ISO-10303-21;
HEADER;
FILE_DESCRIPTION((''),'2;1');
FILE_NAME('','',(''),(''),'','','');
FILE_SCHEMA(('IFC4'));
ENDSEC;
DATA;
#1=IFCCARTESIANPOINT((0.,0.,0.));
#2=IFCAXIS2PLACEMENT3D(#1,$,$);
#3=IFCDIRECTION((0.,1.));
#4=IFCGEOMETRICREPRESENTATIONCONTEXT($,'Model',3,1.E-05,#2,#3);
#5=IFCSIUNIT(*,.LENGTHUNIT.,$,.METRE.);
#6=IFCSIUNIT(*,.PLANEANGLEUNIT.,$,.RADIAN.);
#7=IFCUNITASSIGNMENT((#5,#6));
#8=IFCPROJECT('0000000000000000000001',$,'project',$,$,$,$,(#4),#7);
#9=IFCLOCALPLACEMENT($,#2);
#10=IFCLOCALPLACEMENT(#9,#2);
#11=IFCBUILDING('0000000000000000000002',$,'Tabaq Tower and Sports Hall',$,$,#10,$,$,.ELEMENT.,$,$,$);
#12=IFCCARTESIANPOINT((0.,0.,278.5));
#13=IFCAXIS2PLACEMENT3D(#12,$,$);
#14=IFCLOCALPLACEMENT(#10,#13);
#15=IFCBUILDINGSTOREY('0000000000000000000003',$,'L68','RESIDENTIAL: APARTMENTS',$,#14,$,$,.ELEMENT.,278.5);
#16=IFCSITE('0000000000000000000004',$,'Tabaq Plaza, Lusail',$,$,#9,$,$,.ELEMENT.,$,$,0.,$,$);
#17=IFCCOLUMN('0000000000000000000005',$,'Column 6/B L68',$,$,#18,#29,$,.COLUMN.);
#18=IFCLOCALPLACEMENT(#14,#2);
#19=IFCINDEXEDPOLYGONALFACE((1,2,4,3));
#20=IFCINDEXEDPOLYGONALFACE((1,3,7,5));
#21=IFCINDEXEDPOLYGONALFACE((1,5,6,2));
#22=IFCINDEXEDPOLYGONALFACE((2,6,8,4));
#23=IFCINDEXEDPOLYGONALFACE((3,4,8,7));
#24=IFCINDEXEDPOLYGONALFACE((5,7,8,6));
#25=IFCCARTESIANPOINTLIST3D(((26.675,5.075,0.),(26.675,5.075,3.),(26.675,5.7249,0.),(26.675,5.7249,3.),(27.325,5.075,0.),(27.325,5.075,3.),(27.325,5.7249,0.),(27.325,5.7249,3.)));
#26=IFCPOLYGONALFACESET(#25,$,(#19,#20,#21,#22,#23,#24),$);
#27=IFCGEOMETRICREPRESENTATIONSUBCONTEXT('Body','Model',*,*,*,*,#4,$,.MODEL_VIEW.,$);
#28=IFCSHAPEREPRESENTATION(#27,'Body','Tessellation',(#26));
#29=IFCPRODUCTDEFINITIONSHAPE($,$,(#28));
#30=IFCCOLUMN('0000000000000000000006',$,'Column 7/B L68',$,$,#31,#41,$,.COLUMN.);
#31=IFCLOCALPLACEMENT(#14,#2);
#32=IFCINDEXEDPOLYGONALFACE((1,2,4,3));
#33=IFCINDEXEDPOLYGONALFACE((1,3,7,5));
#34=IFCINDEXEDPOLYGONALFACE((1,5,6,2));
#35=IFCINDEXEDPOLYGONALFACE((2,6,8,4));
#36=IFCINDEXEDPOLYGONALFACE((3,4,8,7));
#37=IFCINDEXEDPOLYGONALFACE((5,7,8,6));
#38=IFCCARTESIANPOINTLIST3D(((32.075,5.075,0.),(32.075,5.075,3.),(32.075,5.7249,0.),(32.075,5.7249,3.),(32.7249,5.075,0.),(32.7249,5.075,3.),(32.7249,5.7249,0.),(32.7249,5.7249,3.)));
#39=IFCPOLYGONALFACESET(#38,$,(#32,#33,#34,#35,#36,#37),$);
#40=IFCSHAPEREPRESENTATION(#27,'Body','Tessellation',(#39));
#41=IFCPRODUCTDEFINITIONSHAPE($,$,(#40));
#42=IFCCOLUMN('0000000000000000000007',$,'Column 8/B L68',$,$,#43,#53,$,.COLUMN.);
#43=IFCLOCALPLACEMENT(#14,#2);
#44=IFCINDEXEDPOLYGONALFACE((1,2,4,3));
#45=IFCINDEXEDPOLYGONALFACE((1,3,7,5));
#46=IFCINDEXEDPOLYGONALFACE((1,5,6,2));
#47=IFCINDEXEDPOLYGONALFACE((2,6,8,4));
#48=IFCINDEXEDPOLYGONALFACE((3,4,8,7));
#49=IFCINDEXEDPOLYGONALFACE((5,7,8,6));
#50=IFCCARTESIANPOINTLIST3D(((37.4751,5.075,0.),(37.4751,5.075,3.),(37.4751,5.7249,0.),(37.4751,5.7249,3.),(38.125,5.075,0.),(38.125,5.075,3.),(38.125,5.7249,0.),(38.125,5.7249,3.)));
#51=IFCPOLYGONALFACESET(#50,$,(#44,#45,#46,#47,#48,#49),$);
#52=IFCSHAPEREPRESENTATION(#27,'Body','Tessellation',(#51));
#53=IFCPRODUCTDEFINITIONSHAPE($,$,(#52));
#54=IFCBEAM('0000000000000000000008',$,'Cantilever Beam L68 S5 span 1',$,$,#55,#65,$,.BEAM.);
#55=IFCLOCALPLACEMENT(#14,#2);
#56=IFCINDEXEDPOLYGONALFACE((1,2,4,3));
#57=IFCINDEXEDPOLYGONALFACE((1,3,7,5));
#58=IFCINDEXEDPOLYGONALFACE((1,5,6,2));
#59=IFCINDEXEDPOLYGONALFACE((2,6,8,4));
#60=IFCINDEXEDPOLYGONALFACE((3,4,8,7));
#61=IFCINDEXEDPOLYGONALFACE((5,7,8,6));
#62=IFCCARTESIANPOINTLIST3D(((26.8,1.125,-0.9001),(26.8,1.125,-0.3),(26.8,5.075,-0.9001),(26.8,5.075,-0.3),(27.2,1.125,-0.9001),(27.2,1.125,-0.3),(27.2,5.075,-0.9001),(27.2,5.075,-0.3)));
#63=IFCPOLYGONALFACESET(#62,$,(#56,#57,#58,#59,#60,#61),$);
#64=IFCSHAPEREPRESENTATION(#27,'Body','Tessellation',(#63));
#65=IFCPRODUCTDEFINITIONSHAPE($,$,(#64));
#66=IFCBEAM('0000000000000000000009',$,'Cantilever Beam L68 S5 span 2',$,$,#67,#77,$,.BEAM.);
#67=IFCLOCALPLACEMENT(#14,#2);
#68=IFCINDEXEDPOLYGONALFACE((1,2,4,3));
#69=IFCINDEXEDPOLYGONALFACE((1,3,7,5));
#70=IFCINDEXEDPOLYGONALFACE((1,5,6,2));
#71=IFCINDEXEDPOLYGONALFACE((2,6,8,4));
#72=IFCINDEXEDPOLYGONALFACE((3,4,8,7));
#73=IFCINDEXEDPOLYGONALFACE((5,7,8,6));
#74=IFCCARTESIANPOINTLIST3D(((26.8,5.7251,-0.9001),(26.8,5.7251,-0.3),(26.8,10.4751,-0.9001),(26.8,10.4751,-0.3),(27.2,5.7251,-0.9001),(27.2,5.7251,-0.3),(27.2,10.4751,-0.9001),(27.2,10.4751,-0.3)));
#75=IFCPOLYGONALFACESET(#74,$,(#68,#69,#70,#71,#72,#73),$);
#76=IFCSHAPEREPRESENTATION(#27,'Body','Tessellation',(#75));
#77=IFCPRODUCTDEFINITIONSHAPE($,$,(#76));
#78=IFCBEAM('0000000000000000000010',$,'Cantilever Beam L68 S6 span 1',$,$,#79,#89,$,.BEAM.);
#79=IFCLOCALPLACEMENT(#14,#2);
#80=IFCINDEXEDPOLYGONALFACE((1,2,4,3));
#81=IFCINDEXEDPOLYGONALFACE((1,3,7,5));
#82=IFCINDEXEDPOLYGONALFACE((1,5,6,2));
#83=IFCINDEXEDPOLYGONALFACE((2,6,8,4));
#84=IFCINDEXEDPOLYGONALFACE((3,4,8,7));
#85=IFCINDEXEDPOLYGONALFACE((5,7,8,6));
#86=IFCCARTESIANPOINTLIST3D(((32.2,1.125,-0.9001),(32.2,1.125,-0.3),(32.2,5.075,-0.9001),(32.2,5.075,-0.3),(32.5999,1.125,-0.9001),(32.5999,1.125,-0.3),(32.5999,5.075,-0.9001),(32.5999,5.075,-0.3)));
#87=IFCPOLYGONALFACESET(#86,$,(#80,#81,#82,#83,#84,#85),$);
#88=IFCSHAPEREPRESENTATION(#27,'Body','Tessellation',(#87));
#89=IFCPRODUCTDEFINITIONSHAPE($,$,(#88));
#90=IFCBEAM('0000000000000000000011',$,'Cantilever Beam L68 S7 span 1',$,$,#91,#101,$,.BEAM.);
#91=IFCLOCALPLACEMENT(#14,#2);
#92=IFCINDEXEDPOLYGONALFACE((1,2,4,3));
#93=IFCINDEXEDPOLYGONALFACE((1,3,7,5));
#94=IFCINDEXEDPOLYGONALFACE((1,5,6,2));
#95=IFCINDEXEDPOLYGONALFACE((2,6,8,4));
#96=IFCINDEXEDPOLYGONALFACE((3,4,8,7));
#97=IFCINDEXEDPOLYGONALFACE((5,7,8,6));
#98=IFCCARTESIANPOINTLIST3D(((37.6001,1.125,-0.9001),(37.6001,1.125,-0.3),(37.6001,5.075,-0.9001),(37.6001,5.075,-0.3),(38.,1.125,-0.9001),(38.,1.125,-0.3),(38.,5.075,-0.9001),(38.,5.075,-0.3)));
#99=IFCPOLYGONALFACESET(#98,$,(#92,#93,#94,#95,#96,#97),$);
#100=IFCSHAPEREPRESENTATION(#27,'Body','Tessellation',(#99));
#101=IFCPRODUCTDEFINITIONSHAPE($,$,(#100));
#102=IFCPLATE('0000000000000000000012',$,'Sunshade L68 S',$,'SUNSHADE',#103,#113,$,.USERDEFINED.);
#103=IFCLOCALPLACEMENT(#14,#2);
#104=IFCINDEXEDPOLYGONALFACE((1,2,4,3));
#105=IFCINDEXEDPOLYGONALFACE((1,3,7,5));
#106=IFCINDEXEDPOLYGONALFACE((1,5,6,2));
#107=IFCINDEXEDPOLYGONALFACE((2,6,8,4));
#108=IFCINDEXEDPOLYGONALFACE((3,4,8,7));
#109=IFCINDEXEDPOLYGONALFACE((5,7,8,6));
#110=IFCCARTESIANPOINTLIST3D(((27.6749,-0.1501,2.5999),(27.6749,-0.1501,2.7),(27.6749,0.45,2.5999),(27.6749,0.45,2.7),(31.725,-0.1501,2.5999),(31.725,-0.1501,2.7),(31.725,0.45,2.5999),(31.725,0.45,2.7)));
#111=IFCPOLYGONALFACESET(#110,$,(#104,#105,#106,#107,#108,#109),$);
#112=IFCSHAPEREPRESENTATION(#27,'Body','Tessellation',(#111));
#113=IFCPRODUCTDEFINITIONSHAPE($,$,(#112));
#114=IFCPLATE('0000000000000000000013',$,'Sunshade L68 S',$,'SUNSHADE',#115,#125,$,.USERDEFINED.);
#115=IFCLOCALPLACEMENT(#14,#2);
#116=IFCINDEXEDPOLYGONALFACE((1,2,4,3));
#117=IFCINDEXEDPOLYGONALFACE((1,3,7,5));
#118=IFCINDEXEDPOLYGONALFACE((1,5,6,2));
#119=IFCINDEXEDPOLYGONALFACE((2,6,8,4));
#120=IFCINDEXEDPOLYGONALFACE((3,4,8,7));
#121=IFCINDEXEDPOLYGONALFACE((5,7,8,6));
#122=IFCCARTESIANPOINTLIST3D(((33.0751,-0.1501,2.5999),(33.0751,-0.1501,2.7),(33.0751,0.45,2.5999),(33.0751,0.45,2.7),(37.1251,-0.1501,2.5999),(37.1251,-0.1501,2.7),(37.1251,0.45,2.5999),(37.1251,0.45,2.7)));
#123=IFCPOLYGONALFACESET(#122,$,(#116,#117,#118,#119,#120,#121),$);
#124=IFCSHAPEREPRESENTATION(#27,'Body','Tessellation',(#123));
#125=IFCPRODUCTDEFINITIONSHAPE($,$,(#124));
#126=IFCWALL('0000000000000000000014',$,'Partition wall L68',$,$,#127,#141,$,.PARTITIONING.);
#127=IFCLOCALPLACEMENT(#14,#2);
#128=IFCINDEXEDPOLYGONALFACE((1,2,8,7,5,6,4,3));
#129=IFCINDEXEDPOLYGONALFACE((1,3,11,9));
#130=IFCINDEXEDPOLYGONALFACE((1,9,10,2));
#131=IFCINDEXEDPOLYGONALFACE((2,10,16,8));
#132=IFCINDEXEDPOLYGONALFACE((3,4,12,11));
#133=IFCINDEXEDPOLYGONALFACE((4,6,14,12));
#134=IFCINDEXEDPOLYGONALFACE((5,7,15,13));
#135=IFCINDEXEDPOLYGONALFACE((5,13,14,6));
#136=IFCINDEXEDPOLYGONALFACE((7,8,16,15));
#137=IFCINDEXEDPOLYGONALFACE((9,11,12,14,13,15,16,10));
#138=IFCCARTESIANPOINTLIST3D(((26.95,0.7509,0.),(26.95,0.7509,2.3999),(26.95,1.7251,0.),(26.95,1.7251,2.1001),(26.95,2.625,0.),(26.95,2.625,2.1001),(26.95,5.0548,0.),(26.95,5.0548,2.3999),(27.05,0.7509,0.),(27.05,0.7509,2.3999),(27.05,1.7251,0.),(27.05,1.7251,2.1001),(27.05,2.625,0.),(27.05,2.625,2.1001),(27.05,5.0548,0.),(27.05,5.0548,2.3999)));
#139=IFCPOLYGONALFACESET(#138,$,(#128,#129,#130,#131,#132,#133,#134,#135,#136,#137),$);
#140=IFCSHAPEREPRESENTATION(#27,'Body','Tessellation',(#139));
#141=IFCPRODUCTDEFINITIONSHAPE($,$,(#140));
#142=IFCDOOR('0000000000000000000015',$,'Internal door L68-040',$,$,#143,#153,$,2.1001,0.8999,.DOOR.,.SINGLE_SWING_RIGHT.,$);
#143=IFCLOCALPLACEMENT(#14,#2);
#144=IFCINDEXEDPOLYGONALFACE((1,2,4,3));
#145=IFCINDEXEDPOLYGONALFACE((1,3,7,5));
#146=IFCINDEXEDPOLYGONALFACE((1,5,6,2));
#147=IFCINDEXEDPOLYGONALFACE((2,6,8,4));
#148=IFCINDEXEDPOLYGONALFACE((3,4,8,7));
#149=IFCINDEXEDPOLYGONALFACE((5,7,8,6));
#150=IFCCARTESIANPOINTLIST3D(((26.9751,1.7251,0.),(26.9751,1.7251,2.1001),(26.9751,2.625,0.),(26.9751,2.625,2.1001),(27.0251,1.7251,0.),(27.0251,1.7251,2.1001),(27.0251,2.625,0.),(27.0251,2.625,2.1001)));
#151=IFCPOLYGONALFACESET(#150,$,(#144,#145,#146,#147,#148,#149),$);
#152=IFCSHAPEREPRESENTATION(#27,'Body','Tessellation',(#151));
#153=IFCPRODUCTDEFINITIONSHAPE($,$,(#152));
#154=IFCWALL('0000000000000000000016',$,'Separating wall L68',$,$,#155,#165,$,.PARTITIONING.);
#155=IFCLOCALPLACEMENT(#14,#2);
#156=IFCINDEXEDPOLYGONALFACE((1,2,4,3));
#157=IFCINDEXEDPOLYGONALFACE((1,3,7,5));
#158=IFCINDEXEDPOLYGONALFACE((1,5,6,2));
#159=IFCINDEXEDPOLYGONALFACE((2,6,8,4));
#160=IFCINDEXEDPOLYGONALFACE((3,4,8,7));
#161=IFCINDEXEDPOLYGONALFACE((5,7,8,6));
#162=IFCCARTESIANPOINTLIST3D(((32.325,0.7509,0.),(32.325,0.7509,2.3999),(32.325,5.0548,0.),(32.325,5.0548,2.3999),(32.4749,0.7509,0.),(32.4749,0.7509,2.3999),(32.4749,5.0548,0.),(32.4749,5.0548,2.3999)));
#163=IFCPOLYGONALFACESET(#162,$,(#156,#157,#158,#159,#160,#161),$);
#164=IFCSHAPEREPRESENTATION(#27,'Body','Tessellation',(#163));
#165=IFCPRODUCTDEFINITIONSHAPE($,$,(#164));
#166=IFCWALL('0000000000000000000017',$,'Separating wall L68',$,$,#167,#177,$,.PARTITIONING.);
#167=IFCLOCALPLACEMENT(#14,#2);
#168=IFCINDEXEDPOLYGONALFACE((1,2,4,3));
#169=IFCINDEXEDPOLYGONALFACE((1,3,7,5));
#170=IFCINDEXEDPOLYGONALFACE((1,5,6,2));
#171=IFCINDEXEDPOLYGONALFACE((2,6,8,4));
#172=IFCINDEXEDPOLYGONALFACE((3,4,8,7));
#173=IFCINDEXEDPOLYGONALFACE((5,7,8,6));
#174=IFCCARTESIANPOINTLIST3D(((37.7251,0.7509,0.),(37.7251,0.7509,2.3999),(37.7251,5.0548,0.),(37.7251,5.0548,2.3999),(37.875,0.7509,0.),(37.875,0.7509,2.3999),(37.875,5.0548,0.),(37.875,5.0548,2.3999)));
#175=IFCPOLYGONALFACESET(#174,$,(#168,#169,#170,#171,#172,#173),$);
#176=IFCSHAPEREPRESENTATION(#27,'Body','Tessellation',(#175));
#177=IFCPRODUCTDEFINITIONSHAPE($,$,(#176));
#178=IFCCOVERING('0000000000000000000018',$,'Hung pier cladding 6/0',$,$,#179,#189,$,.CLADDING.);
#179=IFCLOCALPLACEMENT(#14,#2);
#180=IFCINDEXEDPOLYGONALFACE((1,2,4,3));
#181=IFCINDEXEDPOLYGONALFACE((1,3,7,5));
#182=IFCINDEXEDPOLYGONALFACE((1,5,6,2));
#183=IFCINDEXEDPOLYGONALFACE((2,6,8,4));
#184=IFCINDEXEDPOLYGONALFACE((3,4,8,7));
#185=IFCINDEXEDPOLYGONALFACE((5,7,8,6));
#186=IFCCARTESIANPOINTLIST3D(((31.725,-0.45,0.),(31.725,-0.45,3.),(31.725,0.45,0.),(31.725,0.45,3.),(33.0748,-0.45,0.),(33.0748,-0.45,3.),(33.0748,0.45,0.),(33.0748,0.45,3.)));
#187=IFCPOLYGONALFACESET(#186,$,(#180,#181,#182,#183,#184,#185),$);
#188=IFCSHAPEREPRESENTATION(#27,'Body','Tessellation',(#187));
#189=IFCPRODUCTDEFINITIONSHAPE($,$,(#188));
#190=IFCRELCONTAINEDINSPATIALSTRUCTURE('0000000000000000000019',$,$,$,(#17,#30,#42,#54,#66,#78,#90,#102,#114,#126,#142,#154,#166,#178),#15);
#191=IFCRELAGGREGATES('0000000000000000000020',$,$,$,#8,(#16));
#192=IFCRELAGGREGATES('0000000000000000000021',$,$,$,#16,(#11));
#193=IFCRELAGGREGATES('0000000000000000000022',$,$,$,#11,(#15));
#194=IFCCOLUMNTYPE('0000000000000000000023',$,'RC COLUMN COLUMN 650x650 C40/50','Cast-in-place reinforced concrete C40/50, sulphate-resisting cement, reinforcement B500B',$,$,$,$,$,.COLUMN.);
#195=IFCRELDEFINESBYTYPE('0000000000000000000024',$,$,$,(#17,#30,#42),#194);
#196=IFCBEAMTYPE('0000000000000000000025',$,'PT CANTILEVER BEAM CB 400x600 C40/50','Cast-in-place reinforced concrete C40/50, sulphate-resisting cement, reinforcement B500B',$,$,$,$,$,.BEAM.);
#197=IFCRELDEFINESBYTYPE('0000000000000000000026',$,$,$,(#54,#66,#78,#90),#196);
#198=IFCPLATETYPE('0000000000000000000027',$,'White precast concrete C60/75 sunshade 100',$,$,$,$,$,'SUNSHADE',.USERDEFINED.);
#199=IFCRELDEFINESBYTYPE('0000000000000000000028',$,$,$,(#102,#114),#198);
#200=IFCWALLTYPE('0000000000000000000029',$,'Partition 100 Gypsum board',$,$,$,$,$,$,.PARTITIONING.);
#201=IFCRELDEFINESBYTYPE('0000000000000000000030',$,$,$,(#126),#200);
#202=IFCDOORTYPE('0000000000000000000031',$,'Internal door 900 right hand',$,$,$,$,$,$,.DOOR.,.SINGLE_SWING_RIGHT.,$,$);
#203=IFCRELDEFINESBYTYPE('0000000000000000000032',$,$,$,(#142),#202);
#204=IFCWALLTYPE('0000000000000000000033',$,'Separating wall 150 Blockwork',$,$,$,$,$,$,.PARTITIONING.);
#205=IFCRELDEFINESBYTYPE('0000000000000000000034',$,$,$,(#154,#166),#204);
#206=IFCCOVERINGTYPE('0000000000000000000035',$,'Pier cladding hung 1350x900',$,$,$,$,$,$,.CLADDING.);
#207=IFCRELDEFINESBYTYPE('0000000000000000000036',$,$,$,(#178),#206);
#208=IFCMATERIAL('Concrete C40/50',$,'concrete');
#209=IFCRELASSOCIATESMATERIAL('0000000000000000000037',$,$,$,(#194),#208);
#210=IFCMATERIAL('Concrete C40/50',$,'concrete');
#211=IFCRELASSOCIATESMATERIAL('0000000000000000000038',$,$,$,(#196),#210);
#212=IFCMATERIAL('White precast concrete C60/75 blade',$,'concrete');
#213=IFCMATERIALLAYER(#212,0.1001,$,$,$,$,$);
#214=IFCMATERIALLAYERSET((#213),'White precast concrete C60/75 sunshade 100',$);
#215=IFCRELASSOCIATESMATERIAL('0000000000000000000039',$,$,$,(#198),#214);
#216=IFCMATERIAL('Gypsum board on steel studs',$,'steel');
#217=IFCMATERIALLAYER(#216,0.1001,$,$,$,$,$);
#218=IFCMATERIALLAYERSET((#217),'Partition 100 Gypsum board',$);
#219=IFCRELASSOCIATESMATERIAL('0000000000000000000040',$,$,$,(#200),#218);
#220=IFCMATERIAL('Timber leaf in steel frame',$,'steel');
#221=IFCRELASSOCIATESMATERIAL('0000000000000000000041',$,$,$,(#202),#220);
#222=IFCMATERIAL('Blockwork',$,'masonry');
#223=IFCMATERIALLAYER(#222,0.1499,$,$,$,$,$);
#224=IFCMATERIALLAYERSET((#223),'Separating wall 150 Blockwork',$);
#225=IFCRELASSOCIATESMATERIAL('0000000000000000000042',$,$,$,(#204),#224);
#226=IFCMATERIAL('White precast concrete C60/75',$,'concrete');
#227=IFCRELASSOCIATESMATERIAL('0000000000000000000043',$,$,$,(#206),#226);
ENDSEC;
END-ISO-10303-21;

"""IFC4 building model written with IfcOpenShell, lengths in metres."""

from ifc_helpers import new_model, si_unit, direction, frame, frame_2d, origin, origin_2d, place, context, subcontext, project, spatial, rectangle, extrude, material, layer, layer_set, material_profile, profile_set, type_object, element, fill, save


model = new_model("IFC4")

# Units and contexts
model_context = context("Model", 3, precision=1e-05, world=origin(), true_north=direction((0.0, 1.0)))
body_context = subcontext(model_context, "Body", "Model", "MODEL_VIEW")
ifc_project = project(units=[si_unit("LENGTHUNIT", "METRE"), si_unit("PLANEANGLEUNIT", "RADIAN")], contexts=[model_context])

# Site, building, storey
site_placement = place(None, origin())
site = spatial("IfcSite", under=ifc_project, at=site_placement, Name="Tabaq Plaza, Lusail", CompositionType="ELEMENT", RefElevation=0.0)
building_placement = place(site_placement, origin())
building = spatial("IfcBuilding", under=site, at=building_placement, Name="Tabaq Tower and Sports Hall", CompositionType="ELEMENT")
storey_placement = place(building_placement, frame((0.0, 0.0, 278.5)))
storey = spatial("IfcBuildingStorey", under=building, at=storey_placement, Name="L68", Description="RESIDENTIAL: APARTMENTS", CompositionType="ELEMENT", Elevation=278.5)

# Columns
ifc_material_1 = material(Name="Concrete C40/50", Category="concrete")
ifc_material_profile_1 = material_profile(ifc_material_1, rectangle(XDim=0.6499, YDim=0.6499, at=origin_2d()), Name="COLUMN 650x650")
ifc_profile_set_1 = profile_set([ifc_material_profile_1], Name="Concrete C40/50")
column_type = type_object("IfcColumnType", Name="RC COLUMN COLUMN 650x650 C40/50", Description="Cast-in-place reinforced concrete C40/50, sulphate-resisting cement, reinforcement B500B", PredefinedType="COLUMN", material=ifc_profile_set_1)
for number, where, z_axis, x_axis, name in (
    (1, (27.0, 5.3999, 0.0), (0.0, 0.0, 1.0), (1.0, 0.0, 0.0), "Column 6/B L68"),
    (2, (32.3999, 5.3999, 0.0), (0.0, 0.0, 1.0), (1.0, 0.0, 0.0), "Column 7/B L68"),
    (3, (37.8, 5.3999, 0.0), (0.0, 0.0, 1.0), (1.0, 0.0, 0.0), "Column 8/B L68"),
):
    element("IfcColumn", number, at=place(storey_placement, frame(where, z_axis=z_axis, x_axis=x_axis)), inside=storey, type_object=column_type, Name=name, PredefinedType="COLUMN", context=body_context, shape_type="SweptSolid", body=[
        extrude(rectangle(XDim=0.6499, YDim=0.6499, at=origin_2d()), origin(), (0.0, 0.0, 1.0), 3.0),
    ])

# Beams
ifc_material_2 = material(Name="Concrete C40/50", Category="concrete")
ifc_material_profile_2 = material_profile(ifc_material_2, rectangle(XDim=0.3999, YDim=0.6001, at=origin_2d()), Name="CB 400x600")
ifc_profile_set_2 = profile_set([ifc_material_profile_2], Name="Concrete C40/50")
beam_type = type_object("IfcBeamType", Name="PT CANTILEVER BEAM CB 400x600 C40/50", Description="Cast-in-place reinforced concrete C40/50, sulphate-resisting cement, reinforcement B500B", PredefinedType="BEAM", material=ifc_profile_set_2)
beam_1_placement = place(storey_placement, frame((27.0, 1.125, -0.6001), z_axis=(0.0, 1.0, 0.0), x_axis=(-1.0, 0.0, 0.0)))
element("IfcBeam", 4, at=beam_1_placement, inside=storey, type_object=beam_type, Name="Cantilever Beam L68 S5 span 1", PredefinedType="BEAM", context=body_context, shape_type="SweptSolid", body=[
    extrude(rectangle(XDim=0.3999, YDim=0.6001, at=origin_2d()), origin(), (0.0, 0.0, 1.0), 3.95),
])
beam_2_placement = place(storey_placement, frame((27.0, 5.7251, -0.6001), z_axis=(0.0, 1.0, 0.0), x_axis=(-1.0, 0.0, 0.0)))
element("IfcBeam", 5, at=beam_2_placement, inside=storey, type_object=beam_type, Name="Cantilever Beam L68 S5 span 2", PredefinedType="BEAM", context=body_context, shape_type="SweptSolid", body=[
    extrude(rectangle(XDim=0.3999, YDim=0.6001, at=origin_2d()), origin(), (0.0, 0.0, 1.0), 4.75),
])
for number, where, z_axis, x_axis, name in (
    (6, (32.3999, 1.125, -0.6001), (0.0, 1.0, 0.0), (-1.0, 0.0, 0.0), "Cantilever Beam L68 S6 span 1"),
    (7, (37.8, 1.125, -0.6001), (0.0, 1.0, 0.0), (-1.0, 0.0, 0.0), "Cantilever Beam L68 S7 span 1"),
):
    element("IfcBeam", number, at=place(storey_placement, frame(where, z_axis=z_axis, x_axis=x_axis)), inside=storey, type_object=beam_type, Name=name, PredefinedType="BEAM", context=body_context, shape_type="SweptSolid", body=[
        extrude(rectangle(XDim=0.3999, YDim=0.6001, at=origin_2d()), origin(), (0.0, 0.0, 1.0), 3.95),
    ])

# Plates
ifc_material_3 = material(Name="White precast concrete C60/75 blade", Category="concrete")
ifc_layer_1 = layer(ifc_material_3, 0.1001)
ifc_layer_set_1 = layer_set([ifc_layer_1], Name="White precast concrete C60/75 sunshade 100")
plate_type = type_object("IfcPlateType", Name="White precast concrete C60/75 sunshade 100", ElementType="SUNSHADE", PredefinedType="USERDEFINED", material=ifc_layer_set_1)
for number, where, z_axis, x_axis, name in (
    (8, (29.7, 0.1499, 2.5999), (0.0, 0.0, 1.0), (1.0, 0.0, 0.0), "Sunshade L68 S"),
    (9, (35.1001, 0.1499, 2.5999), (0.0, 0.0, 1.0), (1.0, 0.0, 0.0), "Sunshade L68 S"),
):
    element("IfcPlate", number, at=place(storey_placement, frame(where, z_axis=z_axis, x_axis=x_axis)), inside=storey, type_object=plate_type, Name=name, ObjectType="SUNSHADE", PredefinedType="USERDEFINED", context=body_context, shape_type="SweptSolid", body=[
        extrude(rectangle(XDim=4.05, YDim=0.6001, at=origin_2d()), origin(), (0.0, 0.0, 1.0), 0.1001),
    ])

# Wall, opening, door
ifc_material_4 = material(Name="Gypsum board on steel studs", Category="steel")
ifc_layer_2 = layer(ifc_material_4, 0.1001)
ifc_layer_set_2 = layer_set([ifc_layer_2], Name="Partition 100 Gypsum board")
wall_type_1 = type_object("IfcWallType", Name="Partition 100 Gypsum board", PredefinedType="PARTITIONING", material=ifc_layer_set_2)
wall_placement = place(storey_placement, frame((27.0, 0.751, 0.0), z_axis=(0.0, 0.0, 1.0), x_axis=(0.0, 1.0, 0.0)))
wall = element("IfcWall", 10, at=wall_placement, inside=storey, type_object=wall_type_1, Name="Partition wall L68", PredefinedType="PARTITIONING", context=body_context, shape_type="SweptSolid", body=[
    extrude(rectangle(XDim=4.304, YDim=0.1001, at=frame_2d((2.1519, 0.0))), origin(), (0.0, 0.0, 1.0), 2.3999),
])
opening_placement = place(wall_placement, frame((0.9741, 0.0, 0.0)))
opening = element("IfcOpeningElement", 11, at=opening_placement, cuts=wall, PredefinedType="OPENING", context=body_context, shape_type="SweptSolid", body=[
    extrude(rectangle(XDim=0.8999, YDim=2.1001, at=frame_2d((0.45, 1.05))), frame((0.0, 0.05, 0.0), z_axis=(0.0, -1.0, 0.0), x_axis=(1.0, 0.0, 0.0)), (0.0, 0.0, 1.0), 0.1001),
])
ifc_material_5 = material(Name="Timber leaf in steel frame", Category="steel")
door_type = type_object("IfcDoorType", Name="Internal door 900 right hand", OperationType="SINGLE_SWING_RIGHT", PredefinedType="DOOR", material=ifc_material_5)
door_placement = place(opening_placement, origin())
door = element("IfcDoor", 12, at=door_placement, inside=storey, type_object=door_type, Name="Internal door L68-040", OperationType="SINGLE_SWING_RIGHT", OverallHeight=2.1001, OverallWidth=0.8999, PredefinedType="DOOR", context=body_context, shape_type="SweptSolid", body=[
    extrude(rectangle(XDim=0.8999, YDim=2.1001, at=frame_2d((0.45, 1.05))), frame((0.0, 0.0249, 0.0), z_axis=(0.0, -1.0, 0.0), x_axis=(1.0, 0.0, 0.0)), (0.0, 0.0, 1.0), 0.05),
])
fill(opening, door)

# Walls
ifc_material_6 = material(Name="Blockwork", Category="masonry")
ifc_layer_3 = layer(ifc_material_6, 0.1499)
ifc_layer_set_3 = layer_set([ifc_layer_3], Name="Separating wall 150 Blockwork")
wall_type_2 = type_object("IfcWallType", Name="Separating wall 150 Blockwork", PredefinedType="PARTITIONING", material=ifc_layer_set_3)
for number, where, z_axis, x_axis, name in (
    (13, (32.3999, 0.751, 0.0), (0.0, 0.0, 1.0), (0.0, 1.0, 0.0), "Separating wall L68"),
    (14, (37.8, 0.751, 0.0), (0.0, 0.0, 1.0), (0.0, 1.0, 0.0), "Separating wall L68"),
):
    element("IfcWall", number, at=place(storey_placement, frame(where, z_axis=z_axis, x_axis=x_axis)), inside=storey, type_object=wall_type_2, Name=name, PredefinedType="PARTITIONING", context=body_context, shape_type="SweptSolid", body=[
        extrude(rectangle(XDim=4.304, YDim=0.1499, at=frame_2d((2.1519, 0.0))), origin(), (0.0, 0.0, 1.0), 2.3999),
    ])

# Covering
ifc_material_7 = material(Name="White precast concrete C60/75", Category="concrete")
covering_type_1 = type_object("IfcCoveringType", Name="Pier cladding hung 1350x900", PredefinedType="CLADDING", material=ifc_material_7)
covering_1_placement = place(storey_placement, frame((31.7251, 0.0, 0.0), z_axis=(0.0, 0.0, 1.0), x_axis=(1.0, 0.0, 0.0)))
element("IfcCovering", 15, at=covering_1_placement, inside=storey, type_object=covering_type_1, Name="Hung pier cladding 6/0", PredefinedType="CLADDING", context=body_context, shape_type="SweptSolid", body=[
    extrude(rectangle(XDim=1.3499, YDim=0.8999, at=frame_2d((0.6748, 0.0))), origin(), (0.0, 0.0, 1.0), 3.0),
])

save(model, "model.ifc")
